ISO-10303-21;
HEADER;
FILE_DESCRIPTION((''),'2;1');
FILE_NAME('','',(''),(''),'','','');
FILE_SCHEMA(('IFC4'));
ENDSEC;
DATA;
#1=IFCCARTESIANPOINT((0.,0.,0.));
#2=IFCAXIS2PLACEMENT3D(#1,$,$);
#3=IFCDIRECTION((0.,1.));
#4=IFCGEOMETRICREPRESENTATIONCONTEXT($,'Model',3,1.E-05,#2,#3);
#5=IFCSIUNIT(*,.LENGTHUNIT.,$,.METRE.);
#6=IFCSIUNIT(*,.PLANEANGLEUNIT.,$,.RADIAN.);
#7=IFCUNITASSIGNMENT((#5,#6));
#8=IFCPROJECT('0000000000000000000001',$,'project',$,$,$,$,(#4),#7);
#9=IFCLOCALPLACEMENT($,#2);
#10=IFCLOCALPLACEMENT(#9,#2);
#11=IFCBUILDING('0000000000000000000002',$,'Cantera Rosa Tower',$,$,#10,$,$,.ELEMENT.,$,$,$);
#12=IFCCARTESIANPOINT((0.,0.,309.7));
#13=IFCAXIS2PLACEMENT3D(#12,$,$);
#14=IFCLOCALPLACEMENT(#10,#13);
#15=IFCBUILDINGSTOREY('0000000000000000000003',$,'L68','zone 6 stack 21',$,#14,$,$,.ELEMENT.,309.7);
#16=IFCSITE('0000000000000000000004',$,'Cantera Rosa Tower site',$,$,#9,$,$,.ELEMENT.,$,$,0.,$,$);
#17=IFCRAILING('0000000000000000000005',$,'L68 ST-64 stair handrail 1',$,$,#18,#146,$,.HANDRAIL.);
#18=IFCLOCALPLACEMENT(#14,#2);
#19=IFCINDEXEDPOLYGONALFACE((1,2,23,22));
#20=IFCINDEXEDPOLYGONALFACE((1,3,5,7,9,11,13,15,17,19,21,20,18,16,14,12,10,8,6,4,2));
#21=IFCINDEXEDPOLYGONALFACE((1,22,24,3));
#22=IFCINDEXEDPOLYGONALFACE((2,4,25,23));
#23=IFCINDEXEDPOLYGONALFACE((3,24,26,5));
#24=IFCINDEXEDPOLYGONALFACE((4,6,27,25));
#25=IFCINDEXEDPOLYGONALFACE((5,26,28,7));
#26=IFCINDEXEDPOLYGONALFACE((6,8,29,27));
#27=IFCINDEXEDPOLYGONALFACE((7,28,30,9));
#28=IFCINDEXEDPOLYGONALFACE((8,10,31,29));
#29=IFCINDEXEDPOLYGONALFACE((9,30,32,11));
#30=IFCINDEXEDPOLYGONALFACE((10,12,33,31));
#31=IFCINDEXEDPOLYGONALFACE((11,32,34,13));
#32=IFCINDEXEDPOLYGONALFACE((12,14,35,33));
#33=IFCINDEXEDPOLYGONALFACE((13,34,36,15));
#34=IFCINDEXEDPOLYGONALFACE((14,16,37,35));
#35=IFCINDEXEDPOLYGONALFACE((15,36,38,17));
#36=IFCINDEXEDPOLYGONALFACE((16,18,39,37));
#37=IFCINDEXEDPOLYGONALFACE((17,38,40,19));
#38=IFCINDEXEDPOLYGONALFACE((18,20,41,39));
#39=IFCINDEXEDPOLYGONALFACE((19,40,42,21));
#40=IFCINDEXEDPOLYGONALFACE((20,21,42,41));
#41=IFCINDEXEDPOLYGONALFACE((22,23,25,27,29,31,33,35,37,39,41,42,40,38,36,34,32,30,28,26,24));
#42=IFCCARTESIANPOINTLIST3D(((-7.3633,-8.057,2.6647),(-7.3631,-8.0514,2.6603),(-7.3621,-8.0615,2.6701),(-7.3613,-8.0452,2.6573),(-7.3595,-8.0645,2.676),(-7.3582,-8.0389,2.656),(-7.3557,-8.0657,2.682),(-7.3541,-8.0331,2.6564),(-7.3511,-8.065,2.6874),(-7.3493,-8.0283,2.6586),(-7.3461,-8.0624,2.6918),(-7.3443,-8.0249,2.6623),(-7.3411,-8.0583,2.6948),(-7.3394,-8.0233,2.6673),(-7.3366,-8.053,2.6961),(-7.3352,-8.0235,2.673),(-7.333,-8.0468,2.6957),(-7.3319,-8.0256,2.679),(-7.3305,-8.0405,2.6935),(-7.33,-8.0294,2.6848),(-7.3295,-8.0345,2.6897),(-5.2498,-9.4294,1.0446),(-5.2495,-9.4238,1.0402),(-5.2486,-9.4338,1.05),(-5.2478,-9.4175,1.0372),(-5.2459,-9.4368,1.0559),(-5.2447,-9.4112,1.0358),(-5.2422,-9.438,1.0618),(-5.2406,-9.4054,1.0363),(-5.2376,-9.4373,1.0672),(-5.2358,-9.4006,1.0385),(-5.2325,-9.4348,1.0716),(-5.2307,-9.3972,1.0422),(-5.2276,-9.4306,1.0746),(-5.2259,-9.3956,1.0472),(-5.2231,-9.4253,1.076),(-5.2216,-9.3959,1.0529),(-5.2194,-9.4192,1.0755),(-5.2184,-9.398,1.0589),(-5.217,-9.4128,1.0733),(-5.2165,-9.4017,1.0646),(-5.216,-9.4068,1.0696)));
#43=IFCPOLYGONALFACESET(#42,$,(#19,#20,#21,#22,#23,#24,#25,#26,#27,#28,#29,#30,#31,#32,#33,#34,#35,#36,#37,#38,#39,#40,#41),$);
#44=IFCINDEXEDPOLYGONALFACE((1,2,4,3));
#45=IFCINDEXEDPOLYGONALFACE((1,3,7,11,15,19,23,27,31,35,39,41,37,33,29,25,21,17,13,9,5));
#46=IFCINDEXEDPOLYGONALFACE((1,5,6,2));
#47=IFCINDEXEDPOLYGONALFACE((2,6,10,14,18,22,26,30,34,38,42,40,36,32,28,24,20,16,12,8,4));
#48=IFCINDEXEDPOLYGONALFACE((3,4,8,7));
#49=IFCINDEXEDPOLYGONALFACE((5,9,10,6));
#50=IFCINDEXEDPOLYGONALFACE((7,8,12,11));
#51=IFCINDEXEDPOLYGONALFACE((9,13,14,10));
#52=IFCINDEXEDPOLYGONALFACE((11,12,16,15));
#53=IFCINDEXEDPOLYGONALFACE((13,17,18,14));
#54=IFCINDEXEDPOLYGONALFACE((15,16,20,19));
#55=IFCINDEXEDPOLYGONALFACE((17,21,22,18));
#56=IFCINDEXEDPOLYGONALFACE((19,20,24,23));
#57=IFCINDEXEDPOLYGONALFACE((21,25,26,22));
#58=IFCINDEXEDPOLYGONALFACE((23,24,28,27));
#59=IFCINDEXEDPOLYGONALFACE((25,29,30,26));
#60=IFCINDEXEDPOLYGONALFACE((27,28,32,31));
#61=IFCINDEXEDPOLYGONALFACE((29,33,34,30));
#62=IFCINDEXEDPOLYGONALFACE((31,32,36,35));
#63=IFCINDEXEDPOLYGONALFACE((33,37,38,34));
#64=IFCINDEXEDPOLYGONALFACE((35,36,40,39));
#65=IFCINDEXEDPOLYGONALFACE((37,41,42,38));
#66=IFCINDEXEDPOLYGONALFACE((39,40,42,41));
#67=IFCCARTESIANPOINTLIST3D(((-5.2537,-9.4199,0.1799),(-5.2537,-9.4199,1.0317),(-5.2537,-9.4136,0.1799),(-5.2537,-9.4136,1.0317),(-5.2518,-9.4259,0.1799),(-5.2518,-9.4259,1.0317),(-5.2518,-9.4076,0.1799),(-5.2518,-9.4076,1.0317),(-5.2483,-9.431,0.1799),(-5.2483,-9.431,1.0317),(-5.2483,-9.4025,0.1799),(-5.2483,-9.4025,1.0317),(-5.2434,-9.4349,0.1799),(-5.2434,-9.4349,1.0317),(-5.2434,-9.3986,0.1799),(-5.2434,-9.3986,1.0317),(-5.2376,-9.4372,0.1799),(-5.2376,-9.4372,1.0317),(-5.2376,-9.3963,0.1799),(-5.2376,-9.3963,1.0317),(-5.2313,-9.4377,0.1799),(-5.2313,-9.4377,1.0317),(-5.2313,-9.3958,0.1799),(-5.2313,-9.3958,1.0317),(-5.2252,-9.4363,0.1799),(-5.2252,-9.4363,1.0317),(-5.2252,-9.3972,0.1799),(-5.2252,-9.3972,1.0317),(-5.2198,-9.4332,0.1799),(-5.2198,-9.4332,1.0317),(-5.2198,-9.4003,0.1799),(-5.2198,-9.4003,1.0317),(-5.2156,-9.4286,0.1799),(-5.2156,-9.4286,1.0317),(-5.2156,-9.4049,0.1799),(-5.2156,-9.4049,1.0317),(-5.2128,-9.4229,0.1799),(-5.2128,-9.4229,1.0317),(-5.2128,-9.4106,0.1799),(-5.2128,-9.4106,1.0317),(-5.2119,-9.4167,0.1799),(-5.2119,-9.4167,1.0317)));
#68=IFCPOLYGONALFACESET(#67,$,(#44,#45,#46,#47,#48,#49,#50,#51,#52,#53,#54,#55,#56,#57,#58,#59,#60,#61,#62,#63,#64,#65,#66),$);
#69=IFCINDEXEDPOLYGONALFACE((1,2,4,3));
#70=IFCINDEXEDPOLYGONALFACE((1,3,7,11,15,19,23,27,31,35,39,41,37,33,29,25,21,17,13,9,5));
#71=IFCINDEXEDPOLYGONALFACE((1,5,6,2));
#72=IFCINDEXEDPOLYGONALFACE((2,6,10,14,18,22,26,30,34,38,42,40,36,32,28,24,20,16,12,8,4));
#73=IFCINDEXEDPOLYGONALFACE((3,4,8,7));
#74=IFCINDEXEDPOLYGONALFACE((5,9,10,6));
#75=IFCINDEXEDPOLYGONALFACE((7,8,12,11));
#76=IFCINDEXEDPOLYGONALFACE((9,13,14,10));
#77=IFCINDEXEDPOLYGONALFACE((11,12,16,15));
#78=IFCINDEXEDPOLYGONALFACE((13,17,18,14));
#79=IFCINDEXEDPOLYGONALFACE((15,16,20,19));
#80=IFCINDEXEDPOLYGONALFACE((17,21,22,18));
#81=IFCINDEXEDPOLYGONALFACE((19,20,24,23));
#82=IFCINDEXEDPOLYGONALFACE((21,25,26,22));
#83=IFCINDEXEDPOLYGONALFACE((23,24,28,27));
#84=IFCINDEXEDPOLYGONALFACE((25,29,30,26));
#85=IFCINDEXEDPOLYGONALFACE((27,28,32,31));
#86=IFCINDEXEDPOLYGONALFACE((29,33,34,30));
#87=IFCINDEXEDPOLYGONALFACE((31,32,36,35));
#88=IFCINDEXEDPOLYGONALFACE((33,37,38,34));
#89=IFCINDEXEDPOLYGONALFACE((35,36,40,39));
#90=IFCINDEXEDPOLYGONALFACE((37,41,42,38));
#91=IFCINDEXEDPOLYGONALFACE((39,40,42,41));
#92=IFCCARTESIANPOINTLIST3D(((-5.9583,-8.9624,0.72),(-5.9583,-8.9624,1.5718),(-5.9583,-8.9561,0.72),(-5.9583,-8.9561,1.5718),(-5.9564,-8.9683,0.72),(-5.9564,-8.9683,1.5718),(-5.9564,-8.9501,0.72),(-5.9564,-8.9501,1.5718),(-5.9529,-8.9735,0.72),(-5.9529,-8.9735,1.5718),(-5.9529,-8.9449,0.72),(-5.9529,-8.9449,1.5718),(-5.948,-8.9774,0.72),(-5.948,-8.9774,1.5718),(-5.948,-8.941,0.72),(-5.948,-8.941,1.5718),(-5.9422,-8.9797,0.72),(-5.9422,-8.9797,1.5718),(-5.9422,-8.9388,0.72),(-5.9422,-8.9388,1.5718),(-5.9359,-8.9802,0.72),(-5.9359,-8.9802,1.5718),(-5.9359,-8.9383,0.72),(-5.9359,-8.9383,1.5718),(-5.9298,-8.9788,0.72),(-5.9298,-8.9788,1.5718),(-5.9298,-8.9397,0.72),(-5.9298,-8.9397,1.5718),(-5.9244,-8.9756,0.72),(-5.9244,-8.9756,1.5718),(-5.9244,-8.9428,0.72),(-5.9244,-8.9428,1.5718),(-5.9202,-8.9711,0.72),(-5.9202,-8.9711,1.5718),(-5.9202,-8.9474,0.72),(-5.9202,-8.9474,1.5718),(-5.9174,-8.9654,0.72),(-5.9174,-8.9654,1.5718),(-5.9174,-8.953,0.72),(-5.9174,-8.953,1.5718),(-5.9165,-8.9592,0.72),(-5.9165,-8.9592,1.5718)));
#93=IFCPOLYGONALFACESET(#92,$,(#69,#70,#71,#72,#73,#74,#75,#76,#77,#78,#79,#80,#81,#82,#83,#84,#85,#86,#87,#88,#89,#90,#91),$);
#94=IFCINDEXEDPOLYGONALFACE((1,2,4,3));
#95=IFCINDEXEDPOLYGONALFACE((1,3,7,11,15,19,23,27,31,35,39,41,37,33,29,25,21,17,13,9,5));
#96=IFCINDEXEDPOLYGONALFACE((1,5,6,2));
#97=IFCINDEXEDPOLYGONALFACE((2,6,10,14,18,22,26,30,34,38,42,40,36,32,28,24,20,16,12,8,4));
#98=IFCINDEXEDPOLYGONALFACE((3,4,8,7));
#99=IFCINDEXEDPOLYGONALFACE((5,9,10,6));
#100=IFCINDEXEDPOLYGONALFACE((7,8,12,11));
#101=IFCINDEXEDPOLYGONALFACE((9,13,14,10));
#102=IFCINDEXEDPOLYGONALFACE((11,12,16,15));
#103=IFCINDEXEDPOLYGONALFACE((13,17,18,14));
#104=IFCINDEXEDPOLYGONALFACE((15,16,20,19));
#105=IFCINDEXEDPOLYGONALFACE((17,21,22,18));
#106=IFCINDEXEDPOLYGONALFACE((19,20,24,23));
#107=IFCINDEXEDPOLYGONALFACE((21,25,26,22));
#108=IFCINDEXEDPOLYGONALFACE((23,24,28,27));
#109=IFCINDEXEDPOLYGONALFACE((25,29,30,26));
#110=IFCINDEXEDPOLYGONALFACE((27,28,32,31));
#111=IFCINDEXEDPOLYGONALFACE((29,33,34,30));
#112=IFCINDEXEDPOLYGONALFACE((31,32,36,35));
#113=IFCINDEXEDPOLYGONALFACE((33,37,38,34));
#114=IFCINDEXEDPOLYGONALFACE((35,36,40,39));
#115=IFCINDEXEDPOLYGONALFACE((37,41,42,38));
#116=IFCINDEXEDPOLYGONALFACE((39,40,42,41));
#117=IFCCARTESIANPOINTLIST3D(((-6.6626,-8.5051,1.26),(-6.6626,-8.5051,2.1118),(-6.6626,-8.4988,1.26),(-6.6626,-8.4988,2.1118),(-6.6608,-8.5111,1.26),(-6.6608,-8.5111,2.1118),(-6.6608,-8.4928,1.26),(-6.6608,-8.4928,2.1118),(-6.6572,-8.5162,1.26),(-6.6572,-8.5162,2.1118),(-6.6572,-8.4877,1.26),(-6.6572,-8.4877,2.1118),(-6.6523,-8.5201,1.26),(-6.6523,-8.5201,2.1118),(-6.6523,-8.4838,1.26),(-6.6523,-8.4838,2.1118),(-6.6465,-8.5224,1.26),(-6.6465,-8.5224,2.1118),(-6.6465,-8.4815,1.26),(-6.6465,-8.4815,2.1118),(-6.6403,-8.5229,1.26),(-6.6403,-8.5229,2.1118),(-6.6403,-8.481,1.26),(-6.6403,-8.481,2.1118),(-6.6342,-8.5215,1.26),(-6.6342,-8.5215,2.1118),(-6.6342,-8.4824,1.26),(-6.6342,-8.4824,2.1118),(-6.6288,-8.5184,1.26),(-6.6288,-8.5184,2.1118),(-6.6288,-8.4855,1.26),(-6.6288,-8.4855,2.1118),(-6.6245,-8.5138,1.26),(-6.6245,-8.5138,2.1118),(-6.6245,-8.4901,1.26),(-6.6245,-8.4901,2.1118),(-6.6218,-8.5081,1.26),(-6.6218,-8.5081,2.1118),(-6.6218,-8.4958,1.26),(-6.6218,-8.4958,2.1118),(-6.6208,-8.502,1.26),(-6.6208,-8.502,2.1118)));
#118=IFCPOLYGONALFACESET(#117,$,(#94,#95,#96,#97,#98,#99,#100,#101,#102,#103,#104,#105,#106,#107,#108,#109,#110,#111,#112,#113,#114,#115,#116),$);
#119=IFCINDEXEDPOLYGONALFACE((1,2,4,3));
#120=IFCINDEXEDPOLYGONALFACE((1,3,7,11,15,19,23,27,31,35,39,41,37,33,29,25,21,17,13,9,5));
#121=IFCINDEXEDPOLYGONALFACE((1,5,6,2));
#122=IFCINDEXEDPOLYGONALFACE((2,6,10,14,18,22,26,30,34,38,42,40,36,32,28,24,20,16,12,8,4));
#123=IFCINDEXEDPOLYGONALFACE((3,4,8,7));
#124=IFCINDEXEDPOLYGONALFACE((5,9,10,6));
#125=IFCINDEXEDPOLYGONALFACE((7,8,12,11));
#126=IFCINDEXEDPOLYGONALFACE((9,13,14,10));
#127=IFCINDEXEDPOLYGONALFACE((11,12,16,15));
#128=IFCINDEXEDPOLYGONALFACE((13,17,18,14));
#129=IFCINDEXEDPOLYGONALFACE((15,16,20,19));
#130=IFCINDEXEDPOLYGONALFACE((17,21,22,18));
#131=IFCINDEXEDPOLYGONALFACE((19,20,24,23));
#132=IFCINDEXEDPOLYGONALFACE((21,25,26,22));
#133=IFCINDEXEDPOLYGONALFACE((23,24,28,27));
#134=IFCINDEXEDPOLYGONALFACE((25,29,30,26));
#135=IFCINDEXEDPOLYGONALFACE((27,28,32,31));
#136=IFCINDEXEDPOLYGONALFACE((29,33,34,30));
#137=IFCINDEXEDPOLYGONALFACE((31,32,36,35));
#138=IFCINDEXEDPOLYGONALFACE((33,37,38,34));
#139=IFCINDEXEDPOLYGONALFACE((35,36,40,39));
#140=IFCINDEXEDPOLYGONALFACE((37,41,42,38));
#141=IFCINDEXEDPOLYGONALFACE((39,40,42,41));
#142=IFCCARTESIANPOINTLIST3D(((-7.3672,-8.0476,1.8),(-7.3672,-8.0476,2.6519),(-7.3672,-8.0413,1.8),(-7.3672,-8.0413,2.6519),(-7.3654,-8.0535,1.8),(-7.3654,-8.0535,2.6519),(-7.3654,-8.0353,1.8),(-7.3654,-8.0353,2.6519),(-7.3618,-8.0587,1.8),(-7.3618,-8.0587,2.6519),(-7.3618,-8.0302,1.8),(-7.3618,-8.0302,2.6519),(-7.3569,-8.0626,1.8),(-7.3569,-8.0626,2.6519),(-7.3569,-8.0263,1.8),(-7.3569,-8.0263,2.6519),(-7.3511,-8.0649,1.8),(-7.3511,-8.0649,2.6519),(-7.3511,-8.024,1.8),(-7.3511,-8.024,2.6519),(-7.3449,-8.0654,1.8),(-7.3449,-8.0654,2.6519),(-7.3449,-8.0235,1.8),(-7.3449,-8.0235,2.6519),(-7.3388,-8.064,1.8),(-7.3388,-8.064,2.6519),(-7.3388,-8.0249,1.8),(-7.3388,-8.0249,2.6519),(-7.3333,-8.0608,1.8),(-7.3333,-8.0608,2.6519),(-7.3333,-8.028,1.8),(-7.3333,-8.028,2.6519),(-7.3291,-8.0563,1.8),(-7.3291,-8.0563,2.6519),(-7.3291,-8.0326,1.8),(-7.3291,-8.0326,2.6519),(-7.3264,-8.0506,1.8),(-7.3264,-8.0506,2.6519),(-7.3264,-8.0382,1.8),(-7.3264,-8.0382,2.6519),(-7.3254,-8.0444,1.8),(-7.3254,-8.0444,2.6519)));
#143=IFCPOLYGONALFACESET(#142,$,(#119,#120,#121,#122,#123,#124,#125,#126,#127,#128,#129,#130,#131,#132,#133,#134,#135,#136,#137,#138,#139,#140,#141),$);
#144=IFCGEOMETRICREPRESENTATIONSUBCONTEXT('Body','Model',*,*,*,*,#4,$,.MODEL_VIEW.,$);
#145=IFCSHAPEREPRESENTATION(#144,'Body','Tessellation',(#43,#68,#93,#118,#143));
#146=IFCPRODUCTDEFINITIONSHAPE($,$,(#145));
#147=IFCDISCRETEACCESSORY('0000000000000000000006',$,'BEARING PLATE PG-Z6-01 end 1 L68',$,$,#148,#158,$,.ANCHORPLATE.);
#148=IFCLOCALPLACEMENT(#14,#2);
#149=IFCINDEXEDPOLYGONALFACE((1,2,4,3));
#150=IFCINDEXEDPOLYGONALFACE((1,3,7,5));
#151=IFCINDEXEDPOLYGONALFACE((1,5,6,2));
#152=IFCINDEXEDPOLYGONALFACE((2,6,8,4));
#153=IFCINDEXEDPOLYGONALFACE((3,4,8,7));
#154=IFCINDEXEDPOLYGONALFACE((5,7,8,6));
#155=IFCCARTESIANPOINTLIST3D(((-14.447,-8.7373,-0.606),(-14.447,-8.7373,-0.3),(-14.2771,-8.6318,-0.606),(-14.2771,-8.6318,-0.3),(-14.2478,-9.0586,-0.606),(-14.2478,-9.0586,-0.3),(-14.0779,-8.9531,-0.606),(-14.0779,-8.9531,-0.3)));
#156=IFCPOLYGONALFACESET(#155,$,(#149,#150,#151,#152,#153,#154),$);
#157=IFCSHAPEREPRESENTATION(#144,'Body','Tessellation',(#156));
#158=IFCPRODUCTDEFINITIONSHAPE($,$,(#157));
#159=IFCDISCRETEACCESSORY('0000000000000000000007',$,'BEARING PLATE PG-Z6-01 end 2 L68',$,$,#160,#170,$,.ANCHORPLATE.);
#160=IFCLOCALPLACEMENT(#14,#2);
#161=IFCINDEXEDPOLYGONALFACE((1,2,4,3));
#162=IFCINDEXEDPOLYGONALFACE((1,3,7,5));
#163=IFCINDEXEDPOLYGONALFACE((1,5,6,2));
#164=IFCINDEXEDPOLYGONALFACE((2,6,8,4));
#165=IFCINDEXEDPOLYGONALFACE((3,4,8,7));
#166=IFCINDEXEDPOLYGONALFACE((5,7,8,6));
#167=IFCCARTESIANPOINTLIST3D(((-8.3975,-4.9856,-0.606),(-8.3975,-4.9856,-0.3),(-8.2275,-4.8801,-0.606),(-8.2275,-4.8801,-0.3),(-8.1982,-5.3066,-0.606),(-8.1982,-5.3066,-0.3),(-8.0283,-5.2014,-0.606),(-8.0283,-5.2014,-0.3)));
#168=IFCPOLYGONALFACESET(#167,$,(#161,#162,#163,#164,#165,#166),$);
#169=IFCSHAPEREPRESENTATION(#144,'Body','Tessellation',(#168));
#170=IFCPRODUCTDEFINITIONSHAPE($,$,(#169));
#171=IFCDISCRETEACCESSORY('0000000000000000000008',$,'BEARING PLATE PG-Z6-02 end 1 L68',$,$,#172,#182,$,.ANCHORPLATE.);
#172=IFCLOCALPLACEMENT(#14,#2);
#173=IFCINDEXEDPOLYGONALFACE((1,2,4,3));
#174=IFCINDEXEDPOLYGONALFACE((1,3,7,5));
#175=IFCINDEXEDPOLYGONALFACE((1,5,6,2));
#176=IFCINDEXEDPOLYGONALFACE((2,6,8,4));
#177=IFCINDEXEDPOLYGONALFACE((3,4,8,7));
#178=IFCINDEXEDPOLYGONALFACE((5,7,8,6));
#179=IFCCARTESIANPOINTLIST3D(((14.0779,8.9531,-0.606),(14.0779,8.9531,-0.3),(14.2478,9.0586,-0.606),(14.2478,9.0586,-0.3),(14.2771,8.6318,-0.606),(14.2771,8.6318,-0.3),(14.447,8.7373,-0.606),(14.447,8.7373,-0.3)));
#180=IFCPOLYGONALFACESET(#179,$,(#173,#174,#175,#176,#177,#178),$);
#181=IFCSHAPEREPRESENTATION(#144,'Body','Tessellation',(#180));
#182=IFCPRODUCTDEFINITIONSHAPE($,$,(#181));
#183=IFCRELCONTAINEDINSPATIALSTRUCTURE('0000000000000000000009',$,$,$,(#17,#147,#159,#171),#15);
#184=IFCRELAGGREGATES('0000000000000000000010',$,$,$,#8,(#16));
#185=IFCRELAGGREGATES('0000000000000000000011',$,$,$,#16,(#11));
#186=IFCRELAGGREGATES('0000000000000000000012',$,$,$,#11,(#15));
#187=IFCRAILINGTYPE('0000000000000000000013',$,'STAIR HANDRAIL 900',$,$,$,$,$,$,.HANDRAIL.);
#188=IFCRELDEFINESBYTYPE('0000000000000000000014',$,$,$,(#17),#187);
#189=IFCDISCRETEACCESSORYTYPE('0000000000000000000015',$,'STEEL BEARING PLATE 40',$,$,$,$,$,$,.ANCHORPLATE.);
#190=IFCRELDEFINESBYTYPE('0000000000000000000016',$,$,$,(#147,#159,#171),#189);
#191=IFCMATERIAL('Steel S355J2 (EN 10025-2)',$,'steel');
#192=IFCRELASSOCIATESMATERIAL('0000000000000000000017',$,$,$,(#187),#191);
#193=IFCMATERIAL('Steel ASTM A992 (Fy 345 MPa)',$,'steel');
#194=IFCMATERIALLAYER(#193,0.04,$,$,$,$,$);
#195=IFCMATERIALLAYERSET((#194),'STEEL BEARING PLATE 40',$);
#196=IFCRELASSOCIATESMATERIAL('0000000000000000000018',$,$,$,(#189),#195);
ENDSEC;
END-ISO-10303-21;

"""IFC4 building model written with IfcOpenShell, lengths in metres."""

from ifc_helpers import new_model, si_unit, direction, frame, origin, origin_2d, place, context, subcontext, project, spatial, polyline, circle, outline, extrude, material, layer, layer_set, type_object, element, save


model = new_model("IFC4")

# Units and contexts
model_context = context("Model", 3, precision=1e-05, world=origin(), true_north=direction((0.0, 1.0)))
body_context = subcontext(model_context, "Body", "Model", "MODEL_VIEW")
ifc_project = project(units=[si_unit("LENGTHUNIT", "METRE"), si_unit("PLANEANGLEUNIT", "RADIAN")], contexts=[model_context])

# Site, building, storey
site_placement = place(None, origin())
site = spatial("IfcSite", under=ifc_project, at=site_placement, Name="Cantera Rosa Tower site", CompositionType="ELEMENT", RefElevation=0.0)
building_placement = place(site_placement, origin())
building = spatial("IfcBuilding", under=site, at=building_placement, Name="Cantera Rosa Tower", CompositionType="ELEMENT")
storey_placement = place(building_placement, frame((0.0, 0.0, 309.7)))
storey = spatial("IfcBuildingStorey", under=building, at=storey_placement, Name="L68", Description="zone 6 stack 21", CompositionType="ELEMENT", Elevation=309.7)

# Railing
ifc_material_1 = material(Name="Steel S355J2 (EN 10025-2)", Category="steel")
railing_type_1 = type_object("IfcRailingType", Name="STAIR HANDRAIL 900", PredefinedType="HANDRAIL", material=ifc_material_1)
railing_1_placement = place(storey_placement, frame((-5.2329, -9.4167, 0.1799)))
element("IfcRailing", 1, at=railing_1_placement, inside=storey, type_object=railing_type_1, Name="L68 ST-64 stair handrail 1", PredefinedType="HANDRAIL", context=body_context, shape_type="SweptSolid", body=[
    extrude(circle(Radius=0.0239, at=origin_2d()), frame((0.0, 0.0, 0.876), z_axis=(-0.705488, 0.458074, 0.54079), x_axis=(-0.544576, -0.838711, 0.0)), (0.0, 0.0, 1.0), 2.9958),
    extrude(circle(Radius=0.021, at=origin_2d()), origin(), (0.0, 0.0, 1.0), 0.8518),
    extrude(circle(Radius=0.021, at=origin_2d()), frame((-0.7046, 0.4575, 0.54)), (0.0, 0.0, 1.0), 0.8518),
    extrude(circle(Radius=0.021, at=origin_2d()), frame((-1.4089, 0.9148, 1.0801)), (0.0, 0.0, 1.0), 0.8518),
    extrude(circle(Radius=0.021, at=origin_2d()), frame((-2.1135, 1.3723, 1.6201)), (0.0, 0.0, 1.0), 0.8518),
])

# Discrete accessories
ifc_material_2 = material(Name="Steel ASTM A992 (Fy 345 MPa)", Category="steel")
ifc_layer_1 = layer(ifc_material_2, 0.04)
ifc_layer_set_1 = layer_set([ifc_layer_1], Name="STEEL BEARING PLATE 40")
discrete_accessory_type = type_object("IfcDiscreteAccessoryType", Name="STEEL BEARING PLATE 40", PredefinedType="ANCHORPLATE", material=ifc_layer_set_1)
discrete_accessory_1_placement = place(storey_placement, frame((0.0, 0.0, -0.606)))
element("IfcDiscreteAccessory", 2, at=discrete_accessory_1_placement, inside=storey, type_object=discrete_accessory_type, Name="BEARING PLATE PG-Z6-01 end 1 L68", PredefinedType="ANCHORPLATE", context=body_context, shape_type="SweptSolid", body=[
    extrude(outline(polyline([(-14.2771, -8.6318), (-14.447, -8.7373), (-14.2478, -9.0586), (-14.0779, -8.9531), (-14.2771, -8.6318)])), origin(), (0.0, 0.0, 1.0), 0.3059),
])
discrete_accessory_2_placement = place(storey_placement, frame((0.0, 0.0, -0.606)))
element("IfcDiscreteAccessory", 3, at=discrete_accessory_2_placement, inside=storey, type_object=discrete_accessory_type, Name="BEARING PLATE PG-Z6-01 end 2 L68", PredefinedType="ANCHORPLATE", context=body_context, shape_type="SweptSolid", body=[
    extrude(outline(polyline([(-8.1982, -5.3066), (-8.0283, -5.2014), (-8.2275, -4.8801), (-8.3975, -4.9856), (-8.1982, -5.3066)])), origin(), (0.0, 0.0, 1.0), 0.3059),
])
discrete_accessory_3_placement = place(storey_placement, frame((0.0, 0.0, -0.606)))
element("IfcDiscreteAccessory", 4, at=discrete_accessory_3_placement, inside=storey, type_object=discrete_accessory_type, Name="BEARING PLATE PG-Z6-02 end 1 L68", PredefinedType="ANCHORPLATE", context=body_context, shape_type="SweptSolid", body=[
    extrude(outline(polyline([(14.2771, 8.6318), (14.447, 8.7373), (14.2478, 9.0586), (14.0779, 8.9531), (14.2771, 8.6318)])), origin(), (0.0, 0.0, 1.0), 0.3059),
])

save(model, "model.ifc")
